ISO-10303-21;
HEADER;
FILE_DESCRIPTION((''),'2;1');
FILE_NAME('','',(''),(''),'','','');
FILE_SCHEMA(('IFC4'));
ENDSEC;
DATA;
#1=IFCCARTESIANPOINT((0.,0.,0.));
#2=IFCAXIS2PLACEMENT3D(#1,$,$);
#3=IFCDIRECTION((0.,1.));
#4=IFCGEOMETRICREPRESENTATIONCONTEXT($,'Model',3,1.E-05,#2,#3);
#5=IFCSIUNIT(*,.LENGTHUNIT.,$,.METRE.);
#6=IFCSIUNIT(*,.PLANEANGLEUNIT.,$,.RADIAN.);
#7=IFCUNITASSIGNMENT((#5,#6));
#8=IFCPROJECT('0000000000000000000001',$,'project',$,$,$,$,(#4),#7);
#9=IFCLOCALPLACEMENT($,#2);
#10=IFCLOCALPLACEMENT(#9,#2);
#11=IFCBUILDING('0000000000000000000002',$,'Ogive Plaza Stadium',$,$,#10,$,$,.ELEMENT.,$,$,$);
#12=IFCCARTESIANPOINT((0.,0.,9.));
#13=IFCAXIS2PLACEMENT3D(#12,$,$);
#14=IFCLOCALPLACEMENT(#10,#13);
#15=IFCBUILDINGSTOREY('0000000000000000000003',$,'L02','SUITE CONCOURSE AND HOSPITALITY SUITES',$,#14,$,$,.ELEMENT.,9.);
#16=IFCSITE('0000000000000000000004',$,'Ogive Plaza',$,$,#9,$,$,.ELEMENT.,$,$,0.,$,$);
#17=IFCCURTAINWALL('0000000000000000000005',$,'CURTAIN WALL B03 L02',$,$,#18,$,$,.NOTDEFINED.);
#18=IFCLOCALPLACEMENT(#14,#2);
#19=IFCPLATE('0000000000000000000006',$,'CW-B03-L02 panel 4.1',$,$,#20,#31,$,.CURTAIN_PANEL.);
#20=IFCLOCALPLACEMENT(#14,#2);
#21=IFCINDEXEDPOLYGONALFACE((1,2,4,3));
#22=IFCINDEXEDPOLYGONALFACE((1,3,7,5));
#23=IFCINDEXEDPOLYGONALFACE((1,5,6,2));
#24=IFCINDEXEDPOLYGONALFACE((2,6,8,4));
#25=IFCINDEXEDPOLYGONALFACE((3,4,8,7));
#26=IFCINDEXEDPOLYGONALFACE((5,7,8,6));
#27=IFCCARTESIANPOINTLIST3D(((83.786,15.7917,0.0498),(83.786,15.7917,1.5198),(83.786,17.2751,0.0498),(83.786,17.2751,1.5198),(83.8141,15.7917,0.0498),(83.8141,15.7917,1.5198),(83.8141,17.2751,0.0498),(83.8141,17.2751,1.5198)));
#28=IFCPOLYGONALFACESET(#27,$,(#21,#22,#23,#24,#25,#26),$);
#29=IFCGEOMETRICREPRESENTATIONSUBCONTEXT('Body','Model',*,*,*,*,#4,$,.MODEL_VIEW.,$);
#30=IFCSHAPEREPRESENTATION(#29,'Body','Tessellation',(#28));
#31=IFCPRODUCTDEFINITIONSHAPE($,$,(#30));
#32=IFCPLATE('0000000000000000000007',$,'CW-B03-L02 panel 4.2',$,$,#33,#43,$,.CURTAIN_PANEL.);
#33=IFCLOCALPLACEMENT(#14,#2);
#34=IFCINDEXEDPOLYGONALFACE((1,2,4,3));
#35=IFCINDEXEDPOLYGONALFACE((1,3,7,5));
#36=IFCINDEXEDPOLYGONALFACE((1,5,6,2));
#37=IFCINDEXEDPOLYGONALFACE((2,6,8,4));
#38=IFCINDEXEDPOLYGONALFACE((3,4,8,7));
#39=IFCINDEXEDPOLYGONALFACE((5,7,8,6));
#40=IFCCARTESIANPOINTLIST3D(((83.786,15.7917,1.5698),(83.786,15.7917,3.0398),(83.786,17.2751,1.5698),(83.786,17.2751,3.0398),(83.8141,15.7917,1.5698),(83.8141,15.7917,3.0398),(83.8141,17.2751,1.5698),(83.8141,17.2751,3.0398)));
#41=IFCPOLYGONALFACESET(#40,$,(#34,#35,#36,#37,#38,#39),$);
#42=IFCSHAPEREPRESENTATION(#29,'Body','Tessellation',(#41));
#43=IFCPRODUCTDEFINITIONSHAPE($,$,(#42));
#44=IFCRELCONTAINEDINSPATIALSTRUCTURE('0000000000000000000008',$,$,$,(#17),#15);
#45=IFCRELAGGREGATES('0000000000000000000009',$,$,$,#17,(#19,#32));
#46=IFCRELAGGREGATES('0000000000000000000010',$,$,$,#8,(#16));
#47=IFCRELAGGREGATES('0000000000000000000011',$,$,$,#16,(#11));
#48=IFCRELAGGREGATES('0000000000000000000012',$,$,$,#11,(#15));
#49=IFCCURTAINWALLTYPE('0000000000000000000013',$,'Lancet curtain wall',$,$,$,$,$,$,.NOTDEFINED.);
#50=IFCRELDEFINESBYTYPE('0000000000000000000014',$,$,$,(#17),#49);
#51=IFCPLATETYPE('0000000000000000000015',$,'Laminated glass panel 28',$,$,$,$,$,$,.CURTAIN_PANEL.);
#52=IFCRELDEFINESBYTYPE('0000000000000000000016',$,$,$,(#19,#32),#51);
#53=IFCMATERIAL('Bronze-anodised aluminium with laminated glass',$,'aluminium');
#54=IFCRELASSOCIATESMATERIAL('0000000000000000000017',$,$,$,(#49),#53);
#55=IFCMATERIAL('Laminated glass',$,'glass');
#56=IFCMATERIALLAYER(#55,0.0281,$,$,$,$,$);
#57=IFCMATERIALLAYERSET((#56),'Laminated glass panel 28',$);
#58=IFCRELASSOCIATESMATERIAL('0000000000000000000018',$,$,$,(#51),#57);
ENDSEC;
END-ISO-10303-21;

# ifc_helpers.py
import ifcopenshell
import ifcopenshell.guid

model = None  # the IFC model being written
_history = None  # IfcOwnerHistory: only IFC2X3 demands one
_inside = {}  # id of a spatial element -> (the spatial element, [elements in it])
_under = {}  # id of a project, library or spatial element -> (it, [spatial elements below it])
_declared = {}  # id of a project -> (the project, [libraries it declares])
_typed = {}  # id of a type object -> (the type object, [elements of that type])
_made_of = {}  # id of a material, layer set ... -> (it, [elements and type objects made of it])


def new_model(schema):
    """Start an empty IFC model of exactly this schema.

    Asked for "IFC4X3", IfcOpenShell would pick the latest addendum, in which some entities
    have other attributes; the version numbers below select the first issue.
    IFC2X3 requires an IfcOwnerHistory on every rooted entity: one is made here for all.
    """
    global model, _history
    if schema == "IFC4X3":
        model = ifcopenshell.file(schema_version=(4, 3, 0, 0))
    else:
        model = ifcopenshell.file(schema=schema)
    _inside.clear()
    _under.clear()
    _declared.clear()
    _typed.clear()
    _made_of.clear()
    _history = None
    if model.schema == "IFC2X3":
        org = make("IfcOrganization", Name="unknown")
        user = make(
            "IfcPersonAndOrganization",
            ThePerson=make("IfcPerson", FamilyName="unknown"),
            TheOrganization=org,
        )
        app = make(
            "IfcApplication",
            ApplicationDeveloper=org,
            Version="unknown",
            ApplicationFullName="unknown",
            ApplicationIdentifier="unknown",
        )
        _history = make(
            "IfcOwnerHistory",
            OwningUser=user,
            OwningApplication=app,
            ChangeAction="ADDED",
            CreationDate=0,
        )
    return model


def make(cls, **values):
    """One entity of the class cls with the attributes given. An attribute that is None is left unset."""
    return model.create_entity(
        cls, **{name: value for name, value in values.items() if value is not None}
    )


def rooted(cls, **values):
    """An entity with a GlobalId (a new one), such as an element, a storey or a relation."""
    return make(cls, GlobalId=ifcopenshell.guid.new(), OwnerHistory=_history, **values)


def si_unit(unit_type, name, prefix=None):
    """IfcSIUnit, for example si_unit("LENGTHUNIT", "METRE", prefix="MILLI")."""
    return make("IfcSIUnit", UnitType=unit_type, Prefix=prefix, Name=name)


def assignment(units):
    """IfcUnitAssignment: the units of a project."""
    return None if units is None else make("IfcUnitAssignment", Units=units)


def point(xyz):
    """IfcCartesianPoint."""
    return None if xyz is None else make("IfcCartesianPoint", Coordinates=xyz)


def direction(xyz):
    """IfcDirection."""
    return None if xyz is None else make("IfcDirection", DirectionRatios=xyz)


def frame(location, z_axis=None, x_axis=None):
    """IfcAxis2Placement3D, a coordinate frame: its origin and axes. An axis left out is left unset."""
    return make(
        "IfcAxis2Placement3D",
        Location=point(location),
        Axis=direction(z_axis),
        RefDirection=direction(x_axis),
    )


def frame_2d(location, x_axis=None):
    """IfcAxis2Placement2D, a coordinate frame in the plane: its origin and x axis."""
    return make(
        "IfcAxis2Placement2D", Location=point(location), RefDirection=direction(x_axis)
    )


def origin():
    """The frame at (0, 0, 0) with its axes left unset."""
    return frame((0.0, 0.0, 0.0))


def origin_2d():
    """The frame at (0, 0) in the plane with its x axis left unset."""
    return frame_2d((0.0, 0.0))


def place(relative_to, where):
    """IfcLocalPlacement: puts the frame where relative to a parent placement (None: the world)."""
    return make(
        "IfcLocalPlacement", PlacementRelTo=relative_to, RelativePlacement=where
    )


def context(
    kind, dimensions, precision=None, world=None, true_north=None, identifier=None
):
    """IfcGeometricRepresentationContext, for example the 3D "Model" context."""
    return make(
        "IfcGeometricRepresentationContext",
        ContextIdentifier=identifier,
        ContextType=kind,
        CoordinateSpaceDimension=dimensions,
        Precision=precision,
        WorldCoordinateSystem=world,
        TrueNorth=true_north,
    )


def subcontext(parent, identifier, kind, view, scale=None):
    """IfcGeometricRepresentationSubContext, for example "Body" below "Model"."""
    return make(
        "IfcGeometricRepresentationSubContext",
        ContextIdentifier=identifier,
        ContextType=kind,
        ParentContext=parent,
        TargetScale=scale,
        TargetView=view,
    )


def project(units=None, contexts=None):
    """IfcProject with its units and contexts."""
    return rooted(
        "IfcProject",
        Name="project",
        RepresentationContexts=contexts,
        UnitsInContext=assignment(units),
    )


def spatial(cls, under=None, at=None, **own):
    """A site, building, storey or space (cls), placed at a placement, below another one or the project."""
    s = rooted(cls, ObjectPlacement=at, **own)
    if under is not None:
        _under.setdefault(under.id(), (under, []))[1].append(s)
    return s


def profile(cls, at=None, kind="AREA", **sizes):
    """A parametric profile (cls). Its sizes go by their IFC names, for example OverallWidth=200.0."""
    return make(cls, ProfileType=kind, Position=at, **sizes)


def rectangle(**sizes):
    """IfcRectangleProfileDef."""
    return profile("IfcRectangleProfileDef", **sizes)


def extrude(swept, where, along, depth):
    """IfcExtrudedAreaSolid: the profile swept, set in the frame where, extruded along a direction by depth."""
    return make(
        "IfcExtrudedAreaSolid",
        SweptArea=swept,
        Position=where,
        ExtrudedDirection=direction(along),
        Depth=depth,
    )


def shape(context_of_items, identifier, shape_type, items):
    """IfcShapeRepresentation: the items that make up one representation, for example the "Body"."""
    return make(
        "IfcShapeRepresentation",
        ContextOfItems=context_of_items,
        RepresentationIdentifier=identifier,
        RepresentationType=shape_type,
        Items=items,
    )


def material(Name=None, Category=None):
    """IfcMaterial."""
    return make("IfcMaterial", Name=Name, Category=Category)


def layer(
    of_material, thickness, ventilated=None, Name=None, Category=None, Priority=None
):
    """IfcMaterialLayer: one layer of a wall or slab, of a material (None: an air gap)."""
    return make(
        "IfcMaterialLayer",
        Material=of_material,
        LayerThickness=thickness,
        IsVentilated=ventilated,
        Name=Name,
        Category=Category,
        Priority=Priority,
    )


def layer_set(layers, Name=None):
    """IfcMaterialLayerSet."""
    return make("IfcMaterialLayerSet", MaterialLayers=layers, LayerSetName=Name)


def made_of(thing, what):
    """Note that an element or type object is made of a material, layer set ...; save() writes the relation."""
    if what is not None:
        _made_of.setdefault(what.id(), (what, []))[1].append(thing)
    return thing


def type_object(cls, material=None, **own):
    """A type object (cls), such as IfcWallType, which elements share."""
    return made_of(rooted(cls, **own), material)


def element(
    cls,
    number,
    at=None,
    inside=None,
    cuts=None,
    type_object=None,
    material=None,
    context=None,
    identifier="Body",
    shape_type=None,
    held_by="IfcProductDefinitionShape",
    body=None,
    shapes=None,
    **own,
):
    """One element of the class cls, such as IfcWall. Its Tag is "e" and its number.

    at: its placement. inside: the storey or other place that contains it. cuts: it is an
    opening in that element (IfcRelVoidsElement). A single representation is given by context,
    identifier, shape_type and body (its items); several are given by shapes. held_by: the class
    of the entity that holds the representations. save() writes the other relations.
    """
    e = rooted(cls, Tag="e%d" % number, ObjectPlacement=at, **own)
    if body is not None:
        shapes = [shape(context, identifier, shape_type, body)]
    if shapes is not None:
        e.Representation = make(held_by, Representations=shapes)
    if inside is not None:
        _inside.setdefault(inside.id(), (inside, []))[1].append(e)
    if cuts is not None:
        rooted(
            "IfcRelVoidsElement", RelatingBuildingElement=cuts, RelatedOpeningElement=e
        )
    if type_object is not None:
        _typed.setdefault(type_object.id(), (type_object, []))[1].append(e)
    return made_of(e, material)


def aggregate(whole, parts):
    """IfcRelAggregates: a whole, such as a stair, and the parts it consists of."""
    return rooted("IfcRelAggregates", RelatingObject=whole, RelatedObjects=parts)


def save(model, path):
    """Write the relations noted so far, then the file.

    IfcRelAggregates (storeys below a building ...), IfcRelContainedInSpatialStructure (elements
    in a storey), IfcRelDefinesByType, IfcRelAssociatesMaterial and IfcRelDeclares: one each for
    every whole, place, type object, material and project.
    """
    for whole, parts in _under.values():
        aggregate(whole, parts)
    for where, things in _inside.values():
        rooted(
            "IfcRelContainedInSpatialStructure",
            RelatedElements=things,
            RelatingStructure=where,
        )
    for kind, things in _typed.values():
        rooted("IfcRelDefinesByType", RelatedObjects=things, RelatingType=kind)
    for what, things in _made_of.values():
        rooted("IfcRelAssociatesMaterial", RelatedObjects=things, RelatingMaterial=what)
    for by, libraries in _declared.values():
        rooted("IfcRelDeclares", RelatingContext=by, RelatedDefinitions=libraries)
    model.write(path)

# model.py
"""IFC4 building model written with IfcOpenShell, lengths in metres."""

from ifc_helpers import new_model, si_unit, direction, frame, origin, origin_2d, place, context, subcontext, project, spatial, rectangle, extrude, material, layer, layer_set, type_object, element, aggregate, save


model = new_model("IFC4")

# Units and contexts
model_context = context("Model", 3, precision=1e-05, world=origin(), true_north=direction((0.0, 1.0)))
body_context = subcontext(model_context, "Body", "Model", "MODEL_VIEW")
ifc_project = project(units=[si_unit("LENGTHUNIT", "METRE"), si_unit("PLANEANGLEUNIT", "RADIAN")], contexts=[model_context])

# Site, building, storey
site_placement = place(None, origin())
site = spatial("IfcSite", under=ifc_project, at=site_placement, Name="Ogive Plaza", CompositionType="ELEMENT", RefElevation=0.0)
building_placement = place(site_placement, origin())
building = spatial("IfcBuilding", under=site, at=building_placement, Name="Ogive Plaza Stadium", CompositionType="ELEMENT")
storey_placement = place(building_placement, frame((0.0, 0.0, 9.0)))
storey = spatial("IfcBuildingStorey", under=building, at=storey_placement, Name="L02", Description="SUITE CONCOURSE AND HOSPITALITY SUITES", CompositionType="ELEMENT", Elevation=9.0)

# Curtain wall
ifc_material_1 = material(Name="Bronze-anodised aluminium with laminated glass", Category="aluminium")
curtain_wall_type = type_object("IfcCurtainWallType", Name="Lancet curtain wall", PredefinedType="NOTDEFINED", material=ifc_material_1)
curtain_wall_placement = place(storey_placement, origin())
curtain_wall = element("IfcCurtainWall", 1, at=curtain_wall_placement, inside=storey, type_object=curtain_wall_type, Name="CURTAIN WALL B03 L02", PredefinedType="NOTDEFINED")

# Plates
ifc_material_2 = material(Name="Laminated glass", Category="glass")
ifc_layer = layer(ifc_material_2, 0.0281)
ifc_layer_set = layer_set([ifc_layer], Name="Laminated glass panel 28")
plate_type = type_object("IfcPlateType", Name="Laminated glass panel 28", PredefinedType="CURTAIN_PANEL", material=ifc_layer_set)
plate_1_placement = place(storey_placement, frame((83.8, 16.5334, 0.0498), z_axis=(0.0, 0.0, 1.0), x_axis=(0.0, -1.0, 0.0)))
plate_1 = element("IfcPlate", 2, at=plate_1_placement, type_object=plate_type, Name="CW-B03-L02 panel 4.1", PredefinedType="CURTAIN_PANEL", context=body_context, shape_type="SweptSolid", body=[
    extrude(rectangle(XDim=1.4834, YDim=0.0281, at=origin_2d()), origin(), (0.0, 0.0, 1.0), 1.47),
])
plate_2_placement = place(storey_placement, frame((83.8, 16.5334, 1.5698), z_axis=(0.0, 0.0, 1.0), x_axis=(0.0, -1.0, 0.0)))
plate_2 = element("IfcPlate", 3, at=plate_2_placement, type_object=plate_type, Name="CW-B03-L02 panel 4.2", PredefinedType="CURTAIN_PANEL", context=body_context, shape_type="SweptSolid", body=[
    extrude(rectangle(XDim=1.4834, YDim=0.0281, at=origin_2d()), origin(), (0.0, 0.0, 1.0), 1.47),
])
aggregate(curtain_wall, [plate_1, plate_2])

save(model, "model.ifc")
